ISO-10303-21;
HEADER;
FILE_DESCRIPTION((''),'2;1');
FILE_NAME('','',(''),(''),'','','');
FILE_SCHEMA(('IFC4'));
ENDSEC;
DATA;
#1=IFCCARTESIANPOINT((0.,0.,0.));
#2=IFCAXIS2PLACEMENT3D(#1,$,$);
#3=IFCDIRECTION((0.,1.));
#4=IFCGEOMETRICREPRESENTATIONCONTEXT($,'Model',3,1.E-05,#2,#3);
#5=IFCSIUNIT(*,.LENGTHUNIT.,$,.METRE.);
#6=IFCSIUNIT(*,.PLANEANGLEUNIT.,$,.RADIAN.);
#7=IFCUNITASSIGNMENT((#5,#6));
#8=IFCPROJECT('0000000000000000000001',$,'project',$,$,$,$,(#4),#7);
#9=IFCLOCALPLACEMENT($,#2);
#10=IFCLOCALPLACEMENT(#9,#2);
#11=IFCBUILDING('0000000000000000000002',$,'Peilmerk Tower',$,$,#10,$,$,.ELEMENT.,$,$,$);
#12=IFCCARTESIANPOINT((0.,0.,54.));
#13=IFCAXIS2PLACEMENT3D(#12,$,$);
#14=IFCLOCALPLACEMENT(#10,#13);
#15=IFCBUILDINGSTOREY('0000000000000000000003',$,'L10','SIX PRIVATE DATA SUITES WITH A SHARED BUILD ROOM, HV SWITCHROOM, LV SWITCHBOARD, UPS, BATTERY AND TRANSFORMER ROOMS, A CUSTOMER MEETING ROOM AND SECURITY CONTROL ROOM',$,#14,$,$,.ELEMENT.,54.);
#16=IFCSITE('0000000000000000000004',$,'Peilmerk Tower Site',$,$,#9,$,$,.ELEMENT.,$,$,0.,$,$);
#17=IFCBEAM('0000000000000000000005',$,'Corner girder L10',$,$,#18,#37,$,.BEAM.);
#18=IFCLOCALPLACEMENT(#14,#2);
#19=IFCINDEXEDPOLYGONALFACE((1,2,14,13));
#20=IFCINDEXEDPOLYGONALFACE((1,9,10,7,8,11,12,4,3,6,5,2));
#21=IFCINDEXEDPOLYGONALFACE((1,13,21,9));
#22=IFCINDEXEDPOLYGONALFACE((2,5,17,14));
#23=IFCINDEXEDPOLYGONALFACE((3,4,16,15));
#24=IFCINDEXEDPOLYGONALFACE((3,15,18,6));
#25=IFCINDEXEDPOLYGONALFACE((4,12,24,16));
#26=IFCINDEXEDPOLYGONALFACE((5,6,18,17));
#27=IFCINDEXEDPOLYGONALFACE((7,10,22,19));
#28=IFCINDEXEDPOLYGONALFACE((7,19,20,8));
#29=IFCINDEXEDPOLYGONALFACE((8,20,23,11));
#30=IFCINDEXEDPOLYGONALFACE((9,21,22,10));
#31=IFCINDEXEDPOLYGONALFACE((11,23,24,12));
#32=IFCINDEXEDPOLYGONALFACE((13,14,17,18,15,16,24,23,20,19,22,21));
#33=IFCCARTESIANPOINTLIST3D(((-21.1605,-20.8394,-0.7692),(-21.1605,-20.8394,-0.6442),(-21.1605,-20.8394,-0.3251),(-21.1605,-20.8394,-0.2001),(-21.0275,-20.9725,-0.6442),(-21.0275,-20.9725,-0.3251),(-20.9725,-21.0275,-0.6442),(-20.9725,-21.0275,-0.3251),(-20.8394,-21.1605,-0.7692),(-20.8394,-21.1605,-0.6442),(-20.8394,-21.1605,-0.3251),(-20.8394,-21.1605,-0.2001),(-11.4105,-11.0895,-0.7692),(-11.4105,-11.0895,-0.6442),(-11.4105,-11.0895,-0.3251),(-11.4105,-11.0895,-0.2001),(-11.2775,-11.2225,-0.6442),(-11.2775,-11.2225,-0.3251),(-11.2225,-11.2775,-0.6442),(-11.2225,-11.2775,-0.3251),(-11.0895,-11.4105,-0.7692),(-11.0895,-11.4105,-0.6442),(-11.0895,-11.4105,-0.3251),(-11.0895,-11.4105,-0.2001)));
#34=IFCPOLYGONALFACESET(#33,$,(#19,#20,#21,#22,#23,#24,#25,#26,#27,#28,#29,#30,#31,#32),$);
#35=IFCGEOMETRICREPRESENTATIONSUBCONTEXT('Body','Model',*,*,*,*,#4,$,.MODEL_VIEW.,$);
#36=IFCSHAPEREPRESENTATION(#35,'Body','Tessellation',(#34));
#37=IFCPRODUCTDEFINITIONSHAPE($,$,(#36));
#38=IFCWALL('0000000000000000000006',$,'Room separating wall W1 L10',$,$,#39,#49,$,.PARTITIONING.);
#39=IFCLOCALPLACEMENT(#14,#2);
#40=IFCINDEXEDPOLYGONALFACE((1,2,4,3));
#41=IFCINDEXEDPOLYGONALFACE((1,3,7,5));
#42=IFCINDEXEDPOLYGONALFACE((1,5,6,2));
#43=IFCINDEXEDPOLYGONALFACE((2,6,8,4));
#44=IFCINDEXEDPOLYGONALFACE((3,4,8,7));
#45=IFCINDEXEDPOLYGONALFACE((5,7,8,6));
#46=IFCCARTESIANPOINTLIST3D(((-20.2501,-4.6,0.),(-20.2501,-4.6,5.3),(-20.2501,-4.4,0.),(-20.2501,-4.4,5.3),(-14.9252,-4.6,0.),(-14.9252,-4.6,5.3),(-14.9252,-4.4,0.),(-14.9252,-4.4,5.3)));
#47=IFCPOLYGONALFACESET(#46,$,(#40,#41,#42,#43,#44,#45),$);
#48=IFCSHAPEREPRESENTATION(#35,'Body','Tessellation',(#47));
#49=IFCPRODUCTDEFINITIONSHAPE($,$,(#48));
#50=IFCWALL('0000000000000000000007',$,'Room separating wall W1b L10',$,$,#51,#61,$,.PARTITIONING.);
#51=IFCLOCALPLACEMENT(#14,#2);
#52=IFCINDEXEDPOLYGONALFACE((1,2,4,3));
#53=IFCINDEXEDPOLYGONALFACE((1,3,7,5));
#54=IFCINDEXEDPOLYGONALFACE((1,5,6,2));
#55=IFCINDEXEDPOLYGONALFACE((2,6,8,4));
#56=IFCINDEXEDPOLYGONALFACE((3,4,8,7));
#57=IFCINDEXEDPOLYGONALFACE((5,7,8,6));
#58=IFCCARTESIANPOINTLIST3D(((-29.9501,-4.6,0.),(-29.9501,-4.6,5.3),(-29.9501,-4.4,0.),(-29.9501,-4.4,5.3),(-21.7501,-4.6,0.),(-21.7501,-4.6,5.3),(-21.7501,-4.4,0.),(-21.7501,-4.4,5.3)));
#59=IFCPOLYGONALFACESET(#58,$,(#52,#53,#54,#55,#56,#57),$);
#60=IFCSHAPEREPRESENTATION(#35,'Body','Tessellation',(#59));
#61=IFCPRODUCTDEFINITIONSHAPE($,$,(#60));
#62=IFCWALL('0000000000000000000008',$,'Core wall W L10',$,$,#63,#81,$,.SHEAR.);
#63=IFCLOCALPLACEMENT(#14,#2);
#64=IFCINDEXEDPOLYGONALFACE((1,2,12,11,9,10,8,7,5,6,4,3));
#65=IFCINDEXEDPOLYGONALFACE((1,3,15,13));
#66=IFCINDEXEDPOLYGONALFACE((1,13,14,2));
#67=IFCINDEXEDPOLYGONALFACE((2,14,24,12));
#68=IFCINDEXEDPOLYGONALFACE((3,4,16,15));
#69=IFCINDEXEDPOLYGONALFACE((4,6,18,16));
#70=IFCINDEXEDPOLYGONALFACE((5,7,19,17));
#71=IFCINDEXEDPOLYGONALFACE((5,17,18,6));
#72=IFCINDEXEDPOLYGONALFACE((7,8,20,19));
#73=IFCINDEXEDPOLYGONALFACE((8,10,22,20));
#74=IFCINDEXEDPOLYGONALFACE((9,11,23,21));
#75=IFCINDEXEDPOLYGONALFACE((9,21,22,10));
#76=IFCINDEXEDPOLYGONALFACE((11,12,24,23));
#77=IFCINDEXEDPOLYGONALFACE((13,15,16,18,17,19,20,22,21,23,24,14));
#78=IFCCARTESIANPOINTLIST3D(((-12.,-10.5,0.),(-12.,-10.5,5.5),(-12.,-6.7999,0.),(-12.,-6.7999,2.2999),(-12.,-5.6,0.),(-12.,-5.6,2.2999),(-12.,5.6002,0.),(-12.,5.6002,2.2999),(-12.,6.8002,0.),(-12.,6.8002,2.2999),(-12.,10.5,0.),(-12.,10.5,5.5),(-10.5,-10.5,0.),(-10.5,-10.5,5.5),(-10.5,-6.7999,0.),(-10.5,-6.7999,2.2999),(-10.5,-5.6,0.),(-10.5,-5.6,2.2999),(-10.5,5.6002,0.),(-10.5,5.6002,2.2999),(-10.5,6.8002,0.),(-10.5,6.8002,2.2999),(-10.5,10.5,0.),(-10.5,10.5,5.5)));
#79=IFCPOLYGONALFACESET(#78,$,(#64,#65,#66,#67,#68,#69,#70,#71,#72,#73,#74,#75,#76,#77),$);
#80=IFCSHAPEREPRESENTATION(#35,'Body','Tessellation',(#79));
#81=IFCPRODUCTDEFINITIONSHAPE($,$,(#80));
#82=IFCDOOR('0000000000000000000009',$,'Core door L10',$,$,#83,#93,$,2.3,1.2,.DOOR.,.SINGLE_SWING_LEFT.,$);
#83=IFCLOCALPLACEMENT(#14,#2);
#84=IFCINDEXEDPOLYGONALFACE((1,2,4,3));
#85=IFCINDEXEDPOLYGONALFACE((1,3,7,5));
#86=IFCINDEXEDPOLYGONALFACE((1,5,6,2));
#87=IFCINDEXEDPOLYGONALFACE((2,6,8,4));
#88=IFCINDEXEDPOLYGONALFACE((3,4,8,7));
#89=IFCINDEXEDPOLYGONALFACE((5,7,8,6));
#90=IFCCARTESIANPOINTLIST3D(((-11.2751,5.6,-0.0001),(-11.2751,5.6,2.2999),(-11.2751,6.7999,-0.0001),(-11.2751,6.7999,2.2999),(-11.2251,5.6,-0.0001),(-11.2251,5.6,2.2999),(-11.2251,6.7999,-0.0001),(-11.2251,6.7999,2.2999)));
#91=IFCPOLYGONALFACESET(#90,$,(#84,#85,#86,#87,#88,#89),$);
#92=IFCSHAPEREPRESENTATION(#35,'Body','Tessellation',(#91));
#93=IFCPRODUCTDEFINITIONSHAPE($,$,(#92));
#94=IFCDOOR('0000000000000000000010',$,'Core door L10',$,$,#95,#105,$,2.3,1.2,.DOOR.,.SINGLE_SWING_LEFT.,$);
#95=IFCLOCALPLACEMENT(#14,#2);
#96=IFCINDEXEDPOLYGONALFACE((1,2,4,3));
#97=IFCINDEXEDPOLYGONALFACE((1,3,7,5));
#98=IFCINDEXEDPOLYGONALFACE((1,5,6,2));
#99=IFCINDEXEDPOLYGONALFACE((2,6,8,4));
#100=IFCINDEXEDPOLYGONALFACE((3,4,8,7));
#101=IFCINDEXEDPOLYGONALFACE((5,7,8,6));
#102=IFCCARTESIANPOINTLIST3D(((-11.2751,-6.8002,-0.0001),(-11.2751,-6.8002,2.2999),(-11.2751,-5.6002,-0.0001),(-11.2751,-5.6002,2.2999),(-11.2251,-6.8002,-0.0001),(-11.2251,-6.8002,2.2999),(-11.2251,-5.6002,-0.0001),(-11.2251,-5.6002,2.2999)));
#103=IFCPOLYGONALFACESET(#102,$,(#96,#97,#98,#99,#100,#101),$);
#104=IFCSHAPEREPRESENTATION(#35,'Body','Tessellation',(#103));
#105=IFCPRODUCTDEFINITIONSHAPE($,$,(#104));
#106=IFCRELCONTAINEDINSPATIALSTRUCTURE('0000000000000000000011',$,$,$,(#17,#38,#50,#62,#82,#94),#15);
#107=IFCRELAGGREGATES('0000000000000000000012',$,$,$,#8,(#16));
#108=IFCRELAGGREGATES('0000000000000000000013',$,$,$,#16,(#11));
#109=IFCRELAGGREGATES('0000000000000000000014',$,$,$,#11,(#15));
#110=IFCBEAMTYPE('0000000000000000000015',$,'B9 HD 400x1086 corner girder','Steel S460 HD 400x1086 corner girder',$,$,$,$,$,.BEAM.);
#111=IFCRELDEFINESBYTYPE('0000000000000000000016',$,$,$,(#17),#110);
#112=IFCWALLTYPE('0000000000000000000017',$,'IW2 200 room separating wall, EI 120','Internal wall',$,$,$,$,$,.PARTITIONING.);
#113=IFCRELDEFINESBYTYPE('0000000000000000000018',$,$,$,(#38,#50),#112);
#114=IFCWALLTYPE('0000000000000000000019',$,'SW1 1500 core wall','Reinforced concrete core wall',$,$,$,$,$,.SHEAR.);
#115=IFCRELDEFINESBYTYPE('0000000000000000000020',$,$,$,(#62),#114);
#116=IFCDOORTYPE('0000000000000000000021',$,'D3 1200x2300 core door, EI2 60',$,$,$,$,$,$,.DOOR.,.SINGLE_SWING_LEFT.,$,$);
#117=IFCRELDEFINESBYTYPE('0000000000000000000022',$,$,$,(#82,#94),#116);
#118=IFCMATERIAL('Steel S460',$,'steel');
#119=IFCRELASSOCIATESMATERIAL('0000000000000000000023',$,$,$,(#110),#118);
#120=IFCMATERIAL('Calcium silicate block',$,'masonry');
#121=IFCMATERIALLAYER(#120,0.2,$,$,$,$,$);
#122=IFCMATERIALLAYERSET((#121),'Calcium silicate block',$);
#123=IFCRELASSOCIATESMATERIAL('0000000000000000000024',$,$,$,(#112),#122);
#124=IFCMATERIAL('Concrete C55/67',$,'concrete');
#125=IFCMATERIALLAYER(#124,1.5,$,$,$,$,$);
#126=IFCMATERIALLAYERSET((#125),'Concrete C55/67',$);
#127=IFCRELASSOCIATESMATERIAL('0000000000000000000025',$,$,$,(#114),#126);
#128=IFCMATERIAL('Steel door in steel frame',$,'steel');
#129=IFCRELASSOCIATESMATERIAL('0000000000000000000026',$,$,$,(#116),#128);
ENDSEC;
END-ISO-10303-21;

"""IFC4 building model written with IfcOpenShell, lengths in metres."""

from ifc_helpers import new_model, si_unit, direction, frame, frame_2d, origin, origin_2d, place, context, subcontext, project, spatial, rectangle, i_section, extrude, material, layer, layer_set, material_profile, profile_set, type_object, element, fill, save


model = new_model("IFC4")

# Units and contexts
model_context = context("Model", 3, precision=1e-05, world=origin(), true_north=direction((0.0, 1.0)))
body_context = subcontext(model_context, "Body", "Model", "MODEL_VIEW")
ifc_project = project(units=[si_unit("LENGTHUNIT", "METRE"), si_unit("PLANEANGLEUNIT", "RADIAN")], contexts=[model_context])

# Site, building, storey
site_placement = place(None, origin())
site = spatial("IfcSite", under=ifc_project, at=site_placement, Name="Peilmerk Tower Site", CompositionType="ELEMENT", RefElevation=0.0)
building_placement = place(site_placement, origin())
building = spatial("IfcBuilding", under=site, at=building_placement, Name="Peilmerk Tower", CompositionType="ELEMENT")
storey_placement = place(building_placement, frame((0.0, 0.0, 54.0)))
storey = spatial("IfcBuildingStorey", under=building, at=storey_placement, Name="L10", Description="SIX PRIVATE DATA SUITES WITH A SHARED BUILD ROOM, HV SWITCHROOM, LV SWITCHBOARD, UPS, BATTERY AND TRANSFORMER ROOMS, A CUSTOMER MEETING ROOM AND SECURITY CONTROL ROOM", CompositionType="ELEMENT", Elevation=54.0)

# Beam
ifc_material_1 = material(Name="Steel S460", Category="steel")
ifc_material_profile_1 = material_profile(ifc_material_1, i_section(OverallWidth=0.4541, OverallDepth=0.5691, WebThickness=0.0779, FlangeThickness=0.125, at=origin_2d()), Name="HD 400x1086")
ifc_profile_set_1 = profile_set([ifc_material_profile_1], Name="Steel S460")
beam_type_1 = type_object("IfcBeamType", Name="B9 HD 400x1086 corner girder", Description="Steel S460 HD 400x1086 corner girder", PredefinedType="BEAM", material=ifc_profile_set_1)
beam_1_placement = place(storey_placement, frame((-11.25, -11.25, -0.4846), z_axis=(-0.707107, -0.707107, 0.0), x_axis=(0.707107, -0.707107, 0.0)))
element("IfcBeam", 1, at=beam_1_placement, inside=storey, type_object=beam_type_1, Name="Corner girder L10", PredefinedType="BEAM", context=body_context, shape_type="SweptSolid", body=[
    extrude(i_section(OverallWidth=0.4541, OverallDepth=0.5691, WebThickness=0.0779, FlangeThickness=0.125, at=origin_2d()), origin(), (0.0, 0.0, 1.0), 13.7886),
])

# Walls
ifc_material_2 = material(Name="Calcium silicate block", Category="masonry")
ifc_layer_1 = layer(ifc_material_2, 0.2)
ifc_layer_set_1 = layer_set([ifc_layer_1], Name="Calcium silicate block")
wall_type_1 = type_object("IfcWallType", Name="IW2 200 room separating wall, EI 120", Description="Internal wall", PredefinedType="PARTITIONING", material=ifc_layer_set_1)
wall_1_placement = place(storey_placement, frame((-14.925, -4.5, 0.0), z_axis=(0.0, 0.0, 1.0), x_axis=(-1.0, 0.0, 0.0)))
element("IfcWall", 2, at=wall_1_placement, inside=storey, type_object=wall_type_1, Name="Room separating wall W1 L10", PredefinedType="PARTITIONING", context=body_context, shape_type="SweptSolid", body=[
    extrude(rectangle(XDim=5.325, YDim=0.2, at=frame_2d((2.6626, 0.0))), origin(), (0.0, 0.0, 1.0), 5.3),
])
wall_2_placement = place(storey_placement, frame((-21.75, -4.5, 0.0), z_axis=(0.0, 0.0, 1.0), x_axis=(-1.0, 0.0, 0.0)))
element("IfcWall", 3, at=wall_2_placement, inside=storey, type_object=wall_type_1, Name="Room separating wall W1b L10", PredefinedType="PARTITIONING", context=body_context, shape_type="SweptSolid", body=[
    extrude(rectangle(XDim=8.2, YDim=0.2, at=frame_2d((4.1001, 0.0))), origin(), (0.0, 0.0, 1.0), 5.3),
])

# Wall, openings, doors
ifc_material_3 = material(Name="Concrete C55/67", Category="concrete")
ifc_layer_2 = layer(ifc_material_3, 1.5)
ifc_layer_set_2 = layer_set([ifc_layer_2], Name="Concrete C55/67")
wall_type_2 = type_object("IfcWallType", Name="SW1 1500 core wall", Description="Reinforced concrete core wall", PredefinedType="SHEAR", material=ifc_layer_set_2)
wall_3_placement = place(storey_placement, frame((-11.25, -10.5, 0.0), z_axis=(0.0, 0.0, 1.0), x_axis=(0.0, 1.0, 0.0)))
wall_3 = element("IfcWall", 4, at=wall_3_placement, inside=storey, type_object=wall_type_2, Name="Core wall W L10", PredefinedType="SHEAR", context=body_context, shape_type="SweptSolid", body=[
    extrude(rectangle(XDim=21.0, YDim=1.5, at=frame_2d((10.5, 0.0))), origin(), (0.0, 0.0, 1.0), 5.5),
])
opening_1_placement = place(wall_3_placement, frame((16.1001, 0.0, 0.0)))
opening_1 = element("IfcOpeningElement", 5, at=opening_1_placement, cuts=wall_3, PredefinedType="OPENING", context=body_context, shape_type="SweptSolid", body=[
    extrude(rectangle(XDim=1.2, YDim=2.3, at=frame_2d((0.6001, 1.1499))), frame((0.0, 0.76, 0.0), z_axis=(0.0, -1.0, 0.0), x_axis=(1.0, 0.0, 0.0)), (0.0, 0.0, 1.0), 1.52),
])
opening_2_placement = place(wall_3_placement, frame((3.7, 0.0, 0.0)))
opening_2 = element("IfcOpeningElement", 6, at=opening_2_placement, cuts=wall_3, PredefinedType="OPENING", context=body_context, shape_type="SweptSolid", body=[
    extrude(rectangle(XDim=1.2, YDim=2.3, at=frame_2d((0.6001, 1.1499))), frame((0.0, 0.76, 0.0), z_axis=(0.0, -1.0, 0.0), x_axis=(1.0, 0.0, 0.0)), (0.0, 0.0, 1.0), 1.52),
])
ifc_material_4 = material(Name="Steel door in steel frame", Category="steel")
door_type = type_object("IfcDoorType", Name="D3 1200x2300 core door, EI2 60", OperationType="SINGLE_SWING_LEFT", PredefinedType="DOOR", material=ifc_material_4)
door_1_placement = place(opening_1_placement, frame((1.2, 0.0, 0.0), z_axis=(0.0, 0.0, 1.0), x_axis=(-1.0, 0.0, 0.0)))
door_1 = element("IfcDoor", 7, at=door_1_placement, inside=storey, type_object=door_type, Name="Core door L10", OperationType="SINGLE_SWING_LEFT", OverallHeight=2.3, OverallWidth=1.2, PredefinedType="DOOR", context=body_context, shape_type="SweptSolid", body=[
    extrude(rectangle(XDim=1.2, YDim=2.3, at=frame_2d((0.6001, 1.1499))), frame((0.0, 0.0249, 0.0), z_axis=(0.0, -1.0, 0.0), x_axis=(1.0, 0.0, 0.0)), (0.0, 0.0, 1.0), 0.05),
])
fill(opening_1, door_1)
door_2_placement = place(opening_2_placement, frame((1.2, 0.0, 0.0), z_axis=(0.0, 0.0, 1.0), x_axis=(-1.0, 0.0, 0.0)))
door_2 = element("IfcDoor", 8, at=door_2_placement, inside=storey, type_object=door_type, Name="Core door L10", OperationType="SINGLE_SWING_LEFT", OverallHeight=2.3, OverallWidth=1.2, PredefinedType="DOOR", context=body_context, shape_type="SweptSolid", body=[
    extrude(rectangle(XDim=1.2, YDim=2.3, at=frame_2d((0.6001, 1.1499))), frame((0.0, 0.0249, 0.0), z_axis=(0.0, -1.0, 0.0), x_axis=(1.0, 0.0, 0.0)), (0.0, 0.0, 1.0), 0.05),
])
fill(opening_2, door_2)

save(model, "model.ifc")
